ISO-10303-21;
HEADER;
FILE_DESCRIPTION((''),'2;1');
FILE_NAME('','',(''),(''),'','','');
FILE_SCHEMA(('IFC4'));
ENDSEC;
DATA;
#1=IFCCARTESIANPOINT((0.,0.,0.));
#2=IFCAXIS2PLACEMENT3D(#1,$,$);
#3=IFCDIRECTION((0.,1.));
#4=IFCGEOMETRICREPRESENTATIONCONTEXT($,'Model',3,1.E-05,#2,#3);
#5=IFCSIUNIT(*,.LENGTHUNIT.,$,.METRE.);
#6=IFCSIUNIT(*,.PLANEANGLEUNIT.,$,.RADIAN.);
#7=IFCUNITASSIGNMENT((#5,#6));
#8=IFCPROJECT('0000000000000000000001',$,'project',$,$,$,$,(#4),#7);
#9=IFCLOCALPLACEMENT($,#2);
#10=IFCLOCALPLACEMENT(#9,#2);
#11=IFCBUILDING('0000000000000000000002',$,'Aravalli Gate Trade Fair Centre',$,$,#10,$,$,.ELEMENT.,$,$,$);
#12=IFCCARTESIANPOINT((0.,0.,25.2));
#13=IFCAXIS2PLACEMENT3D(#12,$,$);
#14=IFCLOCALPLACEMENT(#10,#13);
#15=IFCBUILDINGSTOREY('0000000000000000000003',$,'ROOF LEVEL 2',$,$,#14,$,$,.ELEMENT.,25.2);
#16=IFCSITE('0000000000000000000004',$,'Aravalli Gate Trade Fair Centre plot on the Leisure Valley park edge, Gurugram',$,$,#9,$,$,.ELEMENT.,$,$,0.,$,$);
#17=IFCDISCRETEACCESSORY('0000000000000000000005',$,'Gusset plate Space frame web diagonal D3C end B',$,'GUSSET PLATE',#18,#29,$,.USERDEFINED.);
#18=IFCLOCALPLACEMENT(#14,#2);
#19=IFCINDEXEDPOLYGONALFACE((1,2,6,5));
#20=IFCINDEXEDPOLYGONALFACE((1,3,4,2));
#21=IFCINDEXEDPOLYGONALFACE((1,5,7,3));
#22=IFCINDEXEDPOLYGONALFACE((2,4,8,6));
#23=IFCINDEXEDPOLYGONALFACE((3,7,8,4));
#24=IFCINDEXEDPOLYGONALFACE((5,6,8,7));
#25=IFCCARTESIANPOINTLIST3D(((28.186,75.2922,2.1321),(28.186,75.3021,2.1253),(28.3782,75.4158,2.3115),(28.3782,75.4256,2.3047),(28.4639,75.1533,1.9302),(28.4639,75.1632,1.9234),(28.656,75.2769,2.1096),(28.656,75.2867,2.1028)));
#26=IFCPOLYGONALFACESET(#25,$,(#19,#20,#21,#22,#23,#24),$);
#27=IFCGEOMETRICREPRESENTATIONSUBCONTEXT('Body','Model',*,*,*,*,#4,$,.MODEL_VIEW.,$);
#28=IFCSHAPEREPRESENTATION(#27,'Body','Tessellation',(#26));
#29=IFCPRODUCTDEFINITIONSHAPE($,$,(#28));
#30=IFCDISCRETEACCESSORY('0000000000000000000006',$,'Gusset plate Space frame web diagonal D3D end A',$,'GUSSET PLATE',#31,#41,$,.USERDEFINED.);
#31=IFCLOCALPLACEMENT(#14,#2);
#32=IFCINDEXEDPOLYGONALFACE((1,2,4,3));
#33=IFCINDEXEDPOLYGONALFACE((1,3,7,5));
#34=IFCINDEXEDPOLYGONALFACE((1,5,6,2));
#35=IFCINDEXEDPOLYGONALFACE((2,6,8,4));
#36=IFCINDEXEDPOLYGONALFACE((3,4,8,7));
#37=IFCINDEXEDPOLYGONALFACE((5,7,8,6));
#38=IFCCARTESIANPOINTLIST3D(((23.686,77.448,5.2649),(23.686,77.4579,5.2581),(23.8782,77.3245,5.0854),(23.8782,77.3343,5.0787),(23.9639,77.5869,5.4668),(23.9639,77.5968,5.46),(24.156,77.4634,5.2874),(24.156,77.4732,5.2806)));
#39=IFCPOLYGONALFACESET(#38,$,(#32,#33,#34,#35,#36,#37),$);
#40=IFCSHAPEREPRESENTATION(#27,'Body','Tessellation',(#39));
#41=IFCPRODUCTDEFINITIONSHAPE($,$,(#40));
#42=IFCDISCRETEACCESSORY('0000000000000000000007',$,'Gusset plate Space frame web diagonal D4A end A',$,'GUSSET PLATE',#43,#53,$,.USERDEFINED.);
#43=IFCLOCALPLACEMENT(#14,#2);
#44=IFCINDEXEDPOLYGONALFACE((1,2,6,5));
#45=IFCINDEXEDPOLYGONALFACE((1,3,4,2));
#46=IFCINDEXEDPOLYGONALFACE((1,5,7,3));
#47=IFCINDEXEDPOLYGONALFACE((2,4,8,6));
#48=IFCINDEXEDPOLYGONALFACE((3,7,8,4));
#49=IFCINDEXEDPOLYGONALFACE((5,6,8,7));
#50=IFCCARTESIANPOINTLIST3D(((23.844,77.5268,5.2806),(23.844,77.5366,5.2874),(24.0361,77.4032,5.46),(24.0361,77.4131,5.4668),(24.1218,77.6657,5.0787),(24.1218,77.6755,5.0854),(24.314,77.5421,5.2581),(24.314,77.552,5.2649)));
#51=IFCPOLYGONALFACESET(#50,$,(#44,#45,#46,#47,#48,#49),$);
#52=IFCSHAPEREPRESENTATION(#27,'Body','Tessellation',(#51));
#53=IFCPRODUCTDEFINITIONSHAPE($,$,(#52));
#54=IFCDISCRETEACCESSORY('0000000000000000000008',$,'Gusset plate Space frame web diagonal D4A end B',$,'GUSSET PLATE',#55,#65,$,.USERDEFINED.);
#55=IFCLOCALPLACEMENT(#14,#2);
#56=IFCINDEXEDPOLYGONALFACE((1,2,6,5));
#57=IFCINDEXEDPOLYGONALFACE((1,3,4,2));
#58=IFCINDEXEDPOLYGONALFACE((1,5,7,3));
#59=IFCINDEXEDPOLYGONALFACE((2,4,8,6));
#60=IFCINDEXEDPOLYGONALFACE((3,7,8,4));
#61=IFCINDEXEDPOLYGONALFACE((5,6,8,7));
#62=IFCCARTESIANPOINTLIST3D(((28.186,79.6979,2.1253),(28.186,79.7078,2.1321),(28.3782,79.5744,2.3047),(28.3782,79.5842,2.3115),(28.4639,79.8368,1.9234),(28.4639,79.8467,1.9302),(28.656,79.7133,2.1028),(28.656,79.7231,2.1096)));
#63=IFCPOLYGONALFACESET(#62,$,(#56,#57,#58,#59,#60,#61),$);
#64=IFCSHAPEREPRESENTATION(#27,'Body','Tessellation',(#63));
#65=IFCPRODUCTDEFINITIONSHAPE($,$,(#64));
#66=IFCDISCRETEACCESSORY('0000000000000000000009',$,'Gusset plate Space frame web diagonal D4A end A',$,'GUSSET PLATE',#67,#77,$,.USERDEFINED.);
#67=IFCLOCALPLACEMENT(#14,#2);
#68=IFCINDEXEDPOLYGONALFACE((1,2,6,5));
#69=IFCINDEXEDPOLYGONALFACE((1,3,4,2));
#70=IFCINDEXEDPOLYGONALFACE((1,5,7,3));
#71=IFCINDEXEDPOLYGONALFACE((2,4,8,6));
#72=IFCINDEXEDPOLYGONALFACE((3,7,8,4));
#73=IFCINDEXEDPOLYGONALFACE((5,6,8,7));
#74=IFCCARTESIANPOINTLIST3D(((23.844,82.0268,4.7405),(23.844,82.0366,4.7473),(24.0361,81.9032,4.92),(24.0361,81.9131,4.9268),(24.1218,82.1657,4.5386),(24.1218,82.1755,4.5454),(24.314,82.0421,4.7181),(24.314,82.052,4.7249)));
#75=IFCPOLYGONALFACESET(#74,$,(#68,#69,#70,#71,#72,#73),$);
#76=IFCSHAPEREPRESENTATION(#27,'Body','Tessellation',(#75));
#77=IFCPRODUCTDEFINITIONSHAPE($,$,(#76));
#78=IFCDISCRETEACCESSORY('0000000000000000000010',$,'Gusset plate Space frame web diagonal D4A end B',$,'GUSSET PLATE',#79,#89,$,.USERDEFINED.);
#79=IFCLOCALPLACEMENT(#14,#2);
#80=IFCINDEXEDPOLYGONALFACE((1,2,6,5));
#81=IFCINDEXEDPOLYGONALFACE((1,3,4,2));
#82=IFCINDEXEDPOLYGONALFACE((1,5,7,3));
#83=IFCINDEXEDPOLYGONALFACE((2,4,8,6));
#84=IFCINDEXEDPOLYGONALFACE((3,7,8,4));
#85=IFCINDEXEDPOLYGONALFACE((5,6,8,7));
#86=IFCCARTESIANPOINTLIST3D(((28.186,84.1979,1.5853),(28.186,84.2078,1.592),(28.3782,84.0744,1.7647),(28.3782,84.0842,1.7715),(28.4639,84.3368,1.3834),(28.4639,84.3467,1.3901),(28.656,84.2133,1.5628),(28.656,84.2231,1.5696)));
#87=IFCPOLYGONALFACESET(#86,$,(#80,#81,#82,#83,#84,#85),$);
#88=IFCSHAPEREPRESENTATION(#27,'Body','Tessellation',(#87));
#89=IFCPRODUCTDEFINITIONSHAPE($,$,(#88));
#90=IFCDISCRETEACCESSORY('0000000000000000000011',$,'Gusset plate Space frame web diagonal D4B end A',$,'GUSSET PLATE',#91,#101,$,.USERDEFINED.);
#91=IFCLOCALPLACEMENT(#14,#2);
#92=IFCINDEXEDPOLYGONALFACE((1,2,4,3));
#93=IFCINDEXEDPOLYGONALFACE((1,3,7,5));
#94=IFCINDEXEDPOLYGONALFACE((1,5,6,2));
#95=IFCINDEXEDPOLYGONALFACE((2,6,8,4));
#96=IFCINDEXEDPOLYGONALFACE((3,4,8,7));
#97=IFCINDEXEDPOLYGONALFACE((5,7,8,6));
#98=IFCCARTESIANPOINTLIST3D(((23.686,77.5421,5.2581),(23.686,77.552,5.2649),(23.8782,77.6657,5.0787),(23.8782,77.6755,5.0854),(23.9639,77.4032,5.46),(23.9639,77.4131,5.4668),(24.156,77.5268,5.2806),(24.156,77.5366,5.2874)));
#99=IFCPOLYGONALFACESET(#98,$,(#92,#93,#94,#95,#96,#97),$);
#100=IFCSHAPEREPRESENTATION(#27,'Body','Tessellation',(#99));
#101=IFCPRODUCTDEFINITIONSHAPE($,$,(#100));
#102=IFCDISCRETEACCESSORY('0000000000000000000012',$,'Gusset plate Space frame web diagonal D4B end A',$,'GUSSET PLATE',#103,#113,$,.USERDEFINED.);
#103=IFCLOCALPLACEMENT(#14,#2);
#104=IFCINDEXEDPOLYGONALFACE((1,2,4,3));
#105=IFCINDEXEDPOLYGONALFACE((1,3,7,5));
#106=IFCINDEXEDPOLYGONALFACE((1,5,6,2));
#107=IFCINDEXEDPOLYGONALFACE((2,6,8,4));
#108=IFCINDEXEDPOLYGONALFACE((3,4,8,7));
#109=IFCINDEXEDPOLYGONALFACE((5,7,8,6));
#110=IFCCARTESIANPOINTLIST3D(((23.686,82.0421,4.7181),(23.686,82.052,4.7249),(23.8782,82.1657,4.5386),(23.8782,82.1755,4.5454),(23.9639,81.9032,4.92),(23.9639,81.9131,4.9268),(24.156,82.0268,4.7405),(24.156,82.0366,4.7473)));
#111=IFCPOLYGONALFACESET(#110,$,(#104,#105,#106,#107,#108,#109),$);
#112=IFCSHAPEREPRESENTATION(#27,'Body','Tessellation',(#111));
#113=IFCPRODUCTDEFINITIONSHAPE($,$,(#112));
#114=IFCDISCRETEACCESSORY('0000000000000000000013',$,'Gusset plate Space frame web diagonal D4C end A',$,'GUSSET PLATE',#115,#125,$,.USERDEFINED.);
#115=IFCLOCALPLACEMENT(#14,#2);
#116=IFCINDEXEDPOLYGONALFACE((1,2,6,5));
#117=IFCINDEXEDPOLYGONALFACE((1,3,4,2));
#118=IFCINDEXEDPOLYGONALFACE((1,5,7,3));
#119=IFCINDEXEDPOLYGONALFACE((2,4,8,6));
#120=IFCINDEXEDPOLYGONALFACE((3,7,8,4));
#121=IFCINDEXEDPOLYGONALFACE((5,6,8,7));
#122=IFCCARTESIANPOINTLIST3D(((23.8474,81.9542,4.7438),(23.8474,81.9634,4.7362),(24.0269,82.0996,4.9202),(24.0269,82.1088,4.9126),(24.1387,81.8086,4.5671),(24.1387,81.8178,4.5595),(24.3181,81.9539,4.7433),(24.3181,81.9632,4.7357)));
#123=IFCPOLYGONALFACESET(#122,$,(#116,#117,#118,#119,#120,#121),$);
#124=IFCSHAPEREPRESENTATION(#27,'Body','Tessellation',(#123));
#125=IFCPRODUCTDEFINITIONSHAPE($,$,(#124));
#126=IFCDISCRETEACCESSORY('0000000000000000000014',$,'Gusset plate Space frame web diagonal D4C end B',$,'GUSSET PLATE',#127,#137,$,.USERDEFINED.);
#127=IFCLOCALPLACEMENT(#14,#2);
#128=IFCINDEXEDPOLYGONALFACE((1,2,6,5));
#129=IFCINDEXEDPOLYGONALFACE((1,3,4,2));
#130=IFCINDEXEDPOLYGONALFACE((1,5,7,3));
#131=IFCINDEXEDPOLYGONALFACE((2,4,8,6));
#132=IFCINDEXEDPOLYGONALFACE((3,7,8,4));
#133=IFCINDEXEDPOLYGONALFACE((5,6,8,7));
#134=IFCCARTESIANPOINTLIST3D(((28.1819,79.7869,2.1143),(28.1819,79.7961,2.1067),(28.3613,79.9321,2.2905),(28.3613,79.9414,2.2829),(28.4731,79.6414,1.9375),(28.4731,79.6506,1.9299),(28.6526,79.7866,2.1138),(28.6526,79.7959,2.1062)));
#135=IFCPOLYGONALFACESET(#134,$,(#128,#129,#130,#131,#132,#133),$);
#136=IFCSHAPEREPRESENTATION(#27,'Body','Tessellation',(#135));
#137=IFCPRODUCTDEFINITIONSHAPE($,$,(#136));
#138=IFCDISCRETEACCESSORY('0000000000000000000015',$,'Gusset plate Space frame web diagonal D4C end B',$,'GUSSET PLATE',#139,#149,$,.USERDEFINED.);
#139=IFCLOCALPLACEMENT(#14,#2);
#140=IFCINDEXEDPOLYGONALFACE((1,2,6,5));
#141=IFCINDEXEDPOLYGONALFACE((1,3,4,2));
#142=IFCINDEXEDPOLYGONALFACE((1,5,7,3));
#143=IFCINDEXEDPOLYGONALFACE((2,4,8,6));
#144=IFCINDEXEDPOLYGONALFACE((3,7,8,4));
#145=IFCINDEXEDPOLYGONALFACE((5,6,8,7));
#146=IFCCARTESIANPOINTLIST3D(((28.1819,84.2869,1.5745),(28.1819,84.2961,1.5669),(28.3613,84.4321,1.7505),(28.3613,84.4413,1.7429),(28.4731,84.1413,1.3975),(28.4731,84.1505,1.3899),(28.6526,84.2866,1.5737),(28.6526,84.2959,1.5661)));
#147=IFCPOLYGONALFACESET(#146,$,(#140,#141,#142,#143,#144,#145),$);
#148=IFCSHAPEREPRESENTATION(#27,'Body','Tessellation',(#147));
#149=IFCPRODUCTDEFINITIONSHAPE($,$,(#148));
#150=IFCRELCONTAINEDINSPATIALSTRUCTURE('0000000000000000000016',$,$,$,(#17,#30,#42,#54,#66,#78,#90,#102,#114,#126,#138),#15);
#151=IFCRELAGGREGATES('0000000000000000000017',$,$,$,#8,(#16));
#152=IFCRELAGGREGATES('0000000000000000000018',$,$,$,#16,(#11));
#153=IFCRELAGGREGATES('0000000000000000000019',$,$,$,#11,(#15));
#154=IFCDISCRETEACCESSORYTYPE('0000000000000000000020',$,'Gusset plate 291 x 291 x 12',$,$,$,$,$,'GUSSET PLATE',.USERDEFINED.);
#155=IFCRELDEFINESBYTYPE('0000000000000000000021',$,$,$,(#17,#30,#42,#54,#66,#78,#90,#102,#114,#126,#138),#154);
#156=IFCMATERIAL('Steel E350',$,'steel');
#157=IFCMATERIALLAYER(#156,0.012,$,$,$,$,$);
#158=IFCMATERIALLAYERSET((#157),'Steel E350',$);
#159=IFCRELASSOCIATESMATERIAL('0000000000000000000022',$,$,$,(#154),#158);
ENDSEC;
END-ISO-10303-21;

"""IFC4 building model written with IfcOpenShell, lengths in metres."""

from ifc_helpers import new_model, si_unit, direction, frame, origin, place, context, subcontext, project, spatial, polyline, outline, extrude, material, layer, layer_set, type_object, element, save


model = new_model("IFC4")

# Units and contexts
model_context = context("Model", 3, precision=1e-05, world=origin(), true_north=direction((0.0, 1.0)))
body_context = subcontext(model_context, "Body", "Model", "MODEL_VIEW")
ifc_project = project(units=[si_unit("LENGTHUNIT", "METRE"), si_unit("PLANEANGLEUNIT", "RADIAN")], contexts=[model_context])

# Site, building, storey
site_placement = place(None, origin())
site = spatial("IfcSite", under=ifc_project, at=site_placement, Name="Aravalli Gate Trade Fair Centre plot on the Leisure Valley park edge, Gurugram", CompositionType="ELEMENT", RefElevation=0.0)
building_placement = place(site_placement, origin())
building = spatial("IfcBuilding", under=site, at=building_placement, Name="Aravalli Gate Trade Fair Centre", CompositionType="ELEMENT")
storey_placement = place(building_placement, frame((0.0, 0.0, 25.2)))
storey = spatial("IfcBuildingStorey", under=building, at=storey_placement, Name="ROOF LEVEL 2", CompositionType="ELEMENT", Elevation=25.2)

# Shared definitions
ifc_material_1 = material(Name="Steel E350", Category="steel")

# Discrete accessories
ifc_layer_1 = layer(ifc_material_1, 0.012)
ifc_layer_set_1 = layer_set([ifc_layer_1], Name="Steel E350")
discrete_accessory_type = type_object("IfcDiscreteAccessoryType", Name="Gusset plate 291 x 291 x 12", ElementType="GUSSET PLATE", PredefinedType="USERDEFINED", material=ifc_layer_set_1)
discrete_accessory_1_placement = place(storey_placement, frame((28.186, 75.2922, 2.1321), z_axis=(0.000137, -0.82375, 0.566952), x_axis=(0.749929, -0.374965, -0.544984)))
element("IfcDiscreteAccessory", 1, at=discrete_accessory_1_placement, inside=storey, type_object=discrete_accessory_type, Name="Gusset plate Space frame web diagonal D3C end B", ObjectType="GUSSET PLATE", PredefinedType="USERDEFINED", context=body_context, shape_type="SweptSolid", body=[
    extrude(outline(polyline([(0.0, 0.0), (0.3705, 0.0), (0.3705, 0.2905), (0.0, 0.2905), (0.0, 0.0)])), origin(), (0.0, 0.0, -1.0), 0.012),
])
discrete_accessory_2_placement = place(storey_placement, frame((23.686, 77.448, 5.2649), z_axis=(-0.000137, -0.82375, 0.566952), x_axis=(0.749929, 0.374965, 0.544984)))
element("IfcDiscreteAccessory", 2, at=discrete_accessory_2_placement, inside=storey, type_object=discrete_accessory_type, Name="Gusset plate Space frame web diagonal D3D end A", ObjectType="GUSSET PLATE", PredefinedType="USERDEFINED", context=body_context, shape_type="SweptSolid", body=[
    extrude(outline(polyline([(0.0, 0.0), (0.3705, 0.0), (0.3705, -0.2905), (0.0, -0.2905), (0.0, 0.0)])), origin(), (0.0, 0.0, -1.0), 0.012),
])
discrete_accessory_3_placement = place(storey_placement, frame((24.1218, 77.6755, 5.0854), z_axis=(0.000137, 0.82375, 0.566952), x_axis=(-0.749929, -0.374965, 0.544984)))
element("IfcDiscreteAccessory", 3, at=discrete_accessory_3_placement, inside=storey, type_object=discrete_accessory_type, Name="Gusset plate Space frame web diagonal D4A end A", ObjectType="GUSSET PLATE", PredefinedType="USERDEFINED", context=body_context, shape_type="SweptSolid", body=[
    extrude(outline(polyline([(0.0, 0.0), (0.3705, 0.0), (0.3705, 0.2905), (0.0, 0.2905), (0.0, 0.0)])), origin(), (0.0, 0.0, -1.0), 0.012),
])
discrete_accessory_4_placement = place(storey_placement, frame((28.186, 79.7078, 2.1321), z_axis=(0.000137, 0.82375, 0.566952), x_axis=(0.749929, 0.374965, -0.544984)))
element("IfcDiscreteAccessory", 4, at=discrete_accessory_4_placement, inside=storey, type_object=discrete_accessory_type, Name="Gusset plate Space frame web diagonal D4A end B", ObjectType="GUSSET PLATE", PredefinedType="USERDEFINED", context=body_context, shape_type="SweptSolid", body=[
    extrude(outline(polyline([(0.0, 0.0), (0.3705, 0.0), (0.3705, -0.2905), (0.0, -0.2905), (0.0, 0.0)])), origin(), (0.0, 0.0, -1.0), 0.012),
])
discrete_accessory_5_placement = place(storey_placement, frame((24.1218, 82.1755, 4.5454), z_axis=(0.000137, 0.82375, 0.566952), x_axis=(-0.749929, -0.374965, 0.544984)))
element("IfcDiscreteAccessory", 5, at=discrete_accessory_5_placement, inside=storey, type_object=discrete_accessory_type, Name="Gusset plate Space frame web diagonal D4A end A", ObjectType="GUSSET PLATE", PredefinedType="USERDEFINED", context=body_context, shape_type="SweptSolid", body=[
    extrude(outline(polyline([(0.0, 0.0), (0.3705, 0.0), (0.3705, 0.2905), (0.0, 0.2905), (0.0, 0.0)])), origin(), (0.0, 0.0, -1.0), 0.012),
])
discrete_accessory_6_placement = place(storey_placement, frame((28.186, 84.2078, 1.592), z_axis=(0.000137, 0.82375, 0.566952), x_axis=(0.749929, 0.374965, -0.544984)))
element("IfcDiscreteAccessory", 6, at=discrete_accessory_6_placement, inside=storey, type_object=discrete_accessory_type, Name="Gusset plate Space frame web diagonal D4A end B", ObjectType="GUSSET PLATE", PredefinedType="USERDEFINED", context=body_context, shape_type="SweptSolid", body=[
    extrude(outline(polyline([(0.0, 0.0), (0.3705, 0.0), (0.3705, -0.2905), (0.0, -0.2905), (0.0, 0.0)])), origin(), (0.0, 0.0, -1.0), 0.012),
])
for number, where, z_axis, x_axis, name in (
    (7, (23.686, 77.552, 5.2649), (-0.000137, 0.82375, 0.566952), (0.749929, -0.374965, 0.544984), "Gusset plate Space frame web diagonal D4B end A"),
    (8, (23.686, 82.052, 4.7249), (-0.000137, 0.82375, 0.566952), (0.749929, -0.374965, 0.544984), "Gusset plate Space frame web diagonal D4B end A"),
):
    element("IfcDiscreteAccessory", number, at=place(storey_placement, frame(where, z_axis=z_axis, x_axis=x_axis)), inside=storey, type_object=discrete_accessory_type, Name=name, ObjectType="GUSSET PLATE", PredefinedType="USERDEFINED", context=body_context, shape_type="SweptSolid", body=[
        extrude(outline(polyline([(0.0, 0.0), (0.3705, 0.0), (0.3705, 0.2905), (0.0, 0.2905), (0.0, 0.0)])), origin(), (0.0, 0.0, -1.0), 0.012),
    ])
discrete_accessory_7_placement = place(storey_placement, frame((24.1387, 81.8086, 4.5671), z_axis=(0.00026, -0.771582, 0.63613), x_axis=(-0.78619, 0.392962, 0.476956)))
element("IfcDiscreteAccessory", 9, at=discrete_accessory_7_placement, inside=storey, type_object=discrete_accessory_type, Name="Gusset plate Space frame web diagonal D4C end A", ObjectType="GUSSET PLATE", PredefinedType="USERDEFINED", context=body_context, shape_type="SweptSolid", body=[
    extrude(outline(polyline([(0.0, 0.0), (0.3705, 0.0), (0.3706, -0.2906), (0.0001, -0.2905), (0.0, 0.0)])), origin(), (0.0, 0.0, -1.0), 0.012),
])
discrete_accessory_8_placement = place(storey_placement, frame((28.1819, 79.7869, 2.1143), z_axis=(0.000259, -0.771844, 0.635812), x_axis=(0.78619, -0.392765, -0.477118)))
element("IfcDiscreteAccessory", 10, at=discrete_accessory_8_placement, inside=storey, type_object=discrete_accessory_type, Name="Gusset plate Space frame web diagonal D4C end B", ObjectType="GUSSET PLATE", PredefinedType="USERDEFINED", context=body_context, shape_type="SweptSolid", body=[
    extrude(outline(polyline([(0.0, 0.0), (0.3705, 0.0), (0.3704, 0.2905), (-0.0001, 0.2905), (0.0, 0.0)])), origin(), (0.0, 0.0, -1.0), 0.012),
])
discrete_accessory_9_placement = place(storey_placement, frame((28.1819, 84.2869, 1.5745), z_axis=(0.000589, -0.771792, 0.635874), x_axis=(0.785943, -0.392803, -0.477493)))
element("IfcDiscreteAccessory", 11, at=discrete_accessory_9_placement, inside=storey, type_object=discrete_accessory_type, Name="Gusset plate Space frame web diagonal D4C end B", ObjectType="GUSSET PLATE", PredefinedType="USERDEFINED", context=body_context, shape_type="SweptSolid", body=[
    extrude(outline(polyline([(0.0, 0.0), (0.3706, 0.0), (0.3704, 0.2905), (-0.0001, 0.2903), (0.0, 0.0)])), origin(), (0.0, 0.0, -1.0), 0.012),
])

save(model, "model.ifc")
